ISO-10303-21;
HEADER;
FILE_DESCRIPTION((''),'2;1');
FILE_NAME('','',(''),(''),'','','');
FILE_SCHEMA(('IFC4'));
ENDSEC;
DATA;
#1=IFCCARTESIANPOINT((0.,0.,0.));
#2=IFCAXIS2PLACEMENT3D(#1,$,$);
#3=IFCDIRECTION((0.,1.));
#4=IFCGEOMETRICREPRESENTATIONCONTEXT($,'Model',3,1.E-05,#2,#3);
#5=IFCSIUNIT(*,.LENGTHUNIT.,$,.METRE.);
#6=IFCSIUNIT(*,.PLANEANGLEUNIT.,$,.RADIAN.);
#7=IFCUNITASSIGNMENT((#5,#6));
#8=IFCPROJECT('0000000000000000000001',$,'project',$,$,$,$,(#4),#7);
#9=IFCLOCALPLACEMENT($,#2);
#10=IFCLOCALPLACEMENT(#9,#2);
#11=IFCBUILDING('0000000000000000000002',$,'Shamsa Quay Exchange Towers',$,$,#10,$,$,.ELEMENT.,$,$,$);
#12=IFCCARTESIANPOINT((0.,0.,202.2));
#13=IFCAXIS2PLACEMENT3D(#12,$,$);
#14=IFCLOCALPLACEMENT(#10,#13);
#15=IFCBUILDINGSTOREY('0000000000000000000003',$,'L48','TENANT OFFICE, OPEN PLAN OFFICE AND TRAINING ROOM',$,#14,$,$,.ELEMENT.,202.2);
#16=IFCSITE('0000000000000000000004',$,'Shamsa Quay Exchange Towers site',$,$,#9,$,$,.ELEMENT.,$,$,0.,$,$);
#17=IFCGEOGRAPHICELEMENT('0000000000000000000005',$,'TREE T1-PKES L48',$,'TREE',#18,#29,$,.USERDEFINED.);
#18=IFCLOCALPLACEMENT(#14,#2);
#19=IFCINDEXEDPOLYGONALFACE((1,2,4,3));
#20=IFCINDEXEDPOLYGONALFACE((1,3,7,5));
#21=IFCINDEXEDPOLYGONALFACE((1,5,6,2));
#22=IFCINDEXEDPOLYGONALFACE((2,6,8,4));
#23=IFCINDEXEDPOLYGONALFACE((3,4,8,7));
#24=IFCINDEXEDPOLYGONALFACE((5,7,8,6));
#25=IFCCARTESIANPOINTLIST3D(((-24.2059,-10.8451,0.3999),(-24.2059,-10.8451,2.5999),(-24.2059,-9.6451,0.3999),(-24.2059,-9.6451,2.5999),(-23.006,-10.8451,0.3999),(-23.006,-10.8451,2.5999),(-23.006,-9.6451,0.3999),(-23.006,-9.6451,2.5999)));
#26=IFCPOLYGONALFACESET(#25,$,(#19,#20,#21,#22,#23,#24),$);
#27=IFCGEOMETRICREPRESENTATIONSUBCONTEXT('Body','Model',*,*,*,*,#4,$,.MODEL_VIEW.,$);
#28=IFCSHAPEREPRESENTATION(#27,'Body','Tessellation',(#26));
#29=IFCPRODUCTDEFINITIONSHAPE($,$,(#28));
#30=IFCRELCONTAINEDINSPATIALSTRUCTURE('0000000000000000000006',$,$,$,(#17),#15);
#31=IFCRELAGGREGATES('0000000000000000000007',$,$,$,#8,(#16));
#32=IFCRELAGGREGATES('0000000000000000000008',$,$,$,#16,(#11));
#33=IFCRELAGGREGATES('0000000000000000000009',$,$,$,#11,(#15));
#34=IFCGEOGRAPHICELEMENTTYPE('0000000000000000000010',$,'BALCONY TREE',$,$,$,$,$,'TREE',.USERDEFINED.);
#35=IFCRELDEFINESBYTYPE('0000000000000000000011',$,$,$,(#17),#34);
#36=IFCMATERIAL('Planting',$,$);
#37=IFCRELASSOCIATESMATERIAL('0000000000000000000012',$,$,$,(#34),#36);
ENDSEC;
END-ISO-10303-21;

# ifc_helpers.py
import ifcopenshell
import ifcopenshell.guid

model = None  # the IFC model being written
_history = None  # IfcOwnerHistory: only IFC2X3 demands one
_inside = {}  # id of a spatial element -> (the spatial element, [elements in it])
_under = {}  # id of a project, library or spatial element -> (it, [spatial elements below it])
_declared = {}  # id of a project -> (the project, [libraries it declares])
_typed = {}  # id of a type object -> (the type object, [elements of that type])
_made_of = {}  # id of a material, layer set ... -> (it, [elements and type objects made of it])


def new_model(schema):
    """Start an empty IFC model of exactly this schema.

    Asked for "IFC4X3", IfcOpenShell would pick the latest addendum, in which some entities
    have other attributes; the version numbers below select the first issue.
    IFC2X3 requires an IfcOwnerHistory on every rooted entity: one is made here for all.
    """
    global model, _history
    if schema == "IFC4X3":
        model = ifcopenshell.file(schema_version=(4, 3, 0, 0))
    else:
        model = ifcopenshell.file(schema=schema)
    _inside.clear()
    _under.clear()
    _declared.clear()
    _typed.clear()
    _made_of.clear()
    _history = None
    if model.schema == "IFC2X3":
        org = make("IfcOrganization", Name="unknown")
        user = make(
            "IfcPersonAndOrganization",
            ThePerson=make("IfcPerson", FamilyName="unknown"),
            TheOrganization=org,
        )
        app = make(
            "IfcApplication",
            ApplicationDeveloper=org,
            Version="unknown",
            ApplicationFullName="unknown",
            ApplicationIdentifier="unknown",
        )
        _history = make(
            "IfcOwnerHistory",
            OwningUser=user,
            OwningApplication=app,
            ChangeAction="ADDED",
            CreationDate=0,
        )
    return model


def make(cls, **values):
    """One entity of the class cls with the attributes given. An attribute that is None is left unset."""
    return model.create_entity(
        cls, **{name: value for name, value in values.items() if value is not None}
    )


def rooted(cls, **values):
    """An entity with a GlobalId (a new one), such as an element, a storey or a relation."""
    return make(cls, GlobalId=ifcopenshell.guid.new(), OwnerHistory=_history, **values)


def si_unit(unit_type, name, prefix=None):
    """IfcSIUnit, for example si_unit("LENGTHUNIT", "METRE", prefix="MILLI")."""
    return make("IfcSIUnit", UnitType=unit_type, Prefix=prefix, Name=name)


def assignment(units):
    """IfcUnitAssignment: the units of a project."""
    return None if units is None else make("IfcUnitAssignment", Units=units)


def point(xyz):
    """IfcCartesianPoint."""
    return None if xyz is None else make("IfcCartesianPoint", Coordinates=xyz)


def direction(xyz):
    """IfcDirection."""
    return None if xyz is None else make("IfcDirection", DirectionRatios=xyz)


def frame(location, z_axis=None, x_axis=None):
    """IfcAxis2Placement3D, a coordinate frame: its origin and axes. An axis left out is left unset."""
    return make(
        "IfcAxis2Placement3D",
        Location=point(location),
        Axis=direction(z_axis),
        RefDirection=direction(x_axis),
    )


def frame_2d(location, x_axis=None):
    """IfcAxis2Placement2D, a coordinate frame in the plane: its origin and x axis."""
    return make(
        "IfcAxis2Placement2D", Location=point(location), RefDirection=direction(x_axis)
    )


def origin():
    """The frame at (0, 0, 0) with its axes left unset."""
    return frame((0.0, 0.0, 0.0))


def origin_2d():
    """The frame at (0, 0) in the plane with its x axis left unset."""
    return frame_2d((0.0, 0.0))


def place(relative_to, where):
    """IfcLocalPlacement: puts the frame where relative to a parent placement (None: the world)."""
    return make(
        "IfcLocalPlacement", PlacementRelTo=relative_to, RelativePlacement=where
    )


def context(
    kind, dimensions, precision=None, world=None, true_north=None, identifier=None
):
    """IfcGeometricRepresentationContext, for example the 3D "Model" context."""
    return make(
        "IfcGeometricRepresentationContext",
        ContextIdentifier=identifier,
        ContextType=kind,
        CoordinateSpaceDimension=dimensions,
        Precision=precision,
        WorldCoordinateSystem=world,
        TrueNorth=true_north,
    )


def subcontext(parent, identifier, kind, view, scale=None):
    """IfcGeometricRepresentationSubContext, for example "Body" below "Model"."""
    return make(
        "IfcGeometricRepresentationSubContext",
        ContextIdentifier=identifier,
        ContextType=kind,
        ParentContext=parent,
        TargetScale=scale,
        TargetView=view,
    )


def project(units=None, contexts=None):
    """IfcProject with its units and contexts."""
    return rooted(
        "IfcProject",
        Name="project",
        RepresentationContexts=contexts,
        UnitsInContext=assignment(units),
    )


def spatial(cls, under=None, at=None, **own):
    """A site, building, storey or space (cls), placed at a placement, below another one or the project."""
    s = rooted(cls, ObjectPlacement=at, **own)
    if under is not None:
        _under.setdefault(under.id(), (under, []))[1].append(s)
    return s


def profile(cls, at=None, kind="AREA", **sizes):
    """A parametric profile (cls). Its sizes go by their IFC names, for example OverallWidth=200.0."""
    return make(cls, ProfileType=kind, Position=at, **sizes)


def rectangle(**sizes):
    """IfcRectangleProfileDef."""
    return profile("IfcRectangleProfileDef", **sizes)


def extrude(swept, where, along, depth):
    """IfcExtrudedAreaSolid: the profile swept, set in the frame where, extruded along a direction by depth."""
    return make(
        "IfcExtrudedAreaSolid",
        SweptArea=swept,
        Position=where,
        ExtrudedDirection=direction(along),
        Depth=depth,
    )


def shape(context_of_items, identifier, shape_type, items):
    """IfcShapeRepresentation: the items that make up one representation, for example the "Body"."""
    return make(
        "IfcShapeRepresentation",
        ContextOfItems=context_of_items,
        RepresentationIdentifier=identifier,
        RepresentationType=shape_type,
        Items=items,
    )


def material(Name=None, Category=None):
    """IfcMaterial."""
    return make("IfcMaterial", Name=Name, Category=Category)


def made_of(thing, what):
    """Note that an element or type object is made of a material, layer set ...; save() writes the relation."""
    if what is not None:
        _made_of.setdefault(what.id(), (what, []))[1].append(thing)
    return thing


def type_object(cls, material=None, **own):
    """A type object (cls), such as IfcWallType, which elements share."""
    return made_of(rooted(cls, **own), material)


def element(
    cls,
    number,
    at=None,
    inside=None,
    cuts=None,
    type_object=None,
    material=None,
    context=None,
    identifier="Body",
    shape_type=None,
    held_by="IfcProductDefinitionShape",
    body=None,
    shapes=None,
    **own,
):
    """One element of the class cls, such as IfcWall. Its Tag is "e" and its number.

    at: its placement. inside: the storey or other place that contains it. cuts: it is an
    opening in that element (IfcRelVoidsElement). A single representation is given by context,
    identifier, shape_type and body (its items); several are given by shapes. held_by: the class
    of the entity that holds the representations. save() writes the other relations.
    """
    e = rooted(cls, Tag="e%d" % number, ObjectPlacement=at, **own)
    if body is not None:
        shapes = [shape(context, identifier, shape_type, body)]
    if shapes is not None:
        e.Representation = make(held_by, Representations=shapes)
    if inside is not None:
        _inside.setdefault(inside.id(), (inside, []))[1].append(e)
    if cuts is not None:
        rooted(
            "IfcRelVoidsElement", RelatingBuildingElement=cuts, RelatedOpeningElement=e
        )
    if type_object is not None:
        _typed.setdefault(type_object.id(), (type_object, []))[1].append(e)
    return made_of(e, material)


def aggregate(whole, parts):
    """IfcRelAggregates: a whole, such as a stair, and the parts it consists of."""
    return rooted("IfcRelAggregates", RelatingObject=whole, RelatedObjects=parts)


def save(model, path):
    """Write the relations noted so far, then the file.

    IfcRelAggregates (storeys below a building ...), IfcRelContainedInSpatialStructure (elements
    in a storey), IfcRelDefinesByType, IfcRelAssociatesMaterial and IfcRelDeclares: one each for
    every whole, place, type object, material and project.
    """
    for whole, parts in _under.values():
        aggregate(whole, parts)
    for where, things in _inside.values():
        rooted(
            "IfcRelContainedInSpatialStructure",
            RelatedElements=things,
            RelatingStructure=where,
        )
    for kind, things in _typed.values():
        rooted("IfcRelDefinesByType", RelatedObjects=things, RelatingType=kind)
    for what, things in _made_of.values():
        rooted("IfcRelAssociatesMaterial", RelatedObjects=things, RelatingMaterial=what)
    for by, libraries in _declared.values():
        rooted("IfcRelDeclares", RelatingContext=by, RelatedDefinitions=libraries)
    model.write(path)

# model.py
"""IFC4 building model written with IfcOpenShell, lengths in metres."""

from ifc_helpers import new_model, si_unit, direction, frame, origin, origin_2d, place, context, subcontext, project, spatial, rectangle, extrude, material, type_object, element, save


model = new_model("IFC4")

# Units and contexts
model_context = context("Model", 3, precision=1e-05, world=origin(), true_north=direction((0.0, 1.0)))
body_context = subcontext(model_context, "Body", "Model", "MODEL_VIEW")
ifc_project = project(units=[si_unit("LENGTHUNIT", "METRE"), si_unit("PLANEANGLEUNIT", "RADIAN")], contexts=[model_context])

# Site, building, storey
site_placement = place(None, origin())
site = spatial("IfcSite", under=ifc_project, at=site_placement, Name="Shamsa Quay Exchange Towers site", CompositionType="ELEMENT", RefElevation=0.0)
building_placement = place(site_placement, origin())
building = spatial("IfcBuilding", under=site, at=building_placement, Name="Shamsa Quay Exchange Towers", CompositionType="ELEMENT")
storey_placement = place(building_placement, frame((0.0, 0.0, 202.2)))
storey = spatial("IfcBuildingStorey", under=building, at=storey_placement, Name="L48", Description="TENANT OFFICE, OPEN PLAN OFFICE AND TRAINING ROOM", CompositionType="ELEMENT", Elevation=202.2)

# Geographic element
ifc_material_1 = material(Name="Planting")
geographic_element_type = type_object("IfcGeographicElementType", Name="BALCONY TREE", ElementType="TREE", PredefinedType="USERDEFINED", material=ifc_material_1)
geographic_element_placement = place(storey_placement, frame((-23.606, -10.2451, 0.3999)))
element("IfcGeographicElement", 1, at=geographic_element_placement, inside=storey, type_object=geographic_element_type, Name="TREE T1-PKES L48", ObjectType="TREE", PredefinedType="USERDEFINED", context=body_context, shape_type="SweptSolid", body=[
    extrude(rectangle(XDim=1.2, YDim=1.2, at=origin_2d()), origin(), (0.0, 0.0, 1.0), 2.2),
])

save(model, "model.ifc")
